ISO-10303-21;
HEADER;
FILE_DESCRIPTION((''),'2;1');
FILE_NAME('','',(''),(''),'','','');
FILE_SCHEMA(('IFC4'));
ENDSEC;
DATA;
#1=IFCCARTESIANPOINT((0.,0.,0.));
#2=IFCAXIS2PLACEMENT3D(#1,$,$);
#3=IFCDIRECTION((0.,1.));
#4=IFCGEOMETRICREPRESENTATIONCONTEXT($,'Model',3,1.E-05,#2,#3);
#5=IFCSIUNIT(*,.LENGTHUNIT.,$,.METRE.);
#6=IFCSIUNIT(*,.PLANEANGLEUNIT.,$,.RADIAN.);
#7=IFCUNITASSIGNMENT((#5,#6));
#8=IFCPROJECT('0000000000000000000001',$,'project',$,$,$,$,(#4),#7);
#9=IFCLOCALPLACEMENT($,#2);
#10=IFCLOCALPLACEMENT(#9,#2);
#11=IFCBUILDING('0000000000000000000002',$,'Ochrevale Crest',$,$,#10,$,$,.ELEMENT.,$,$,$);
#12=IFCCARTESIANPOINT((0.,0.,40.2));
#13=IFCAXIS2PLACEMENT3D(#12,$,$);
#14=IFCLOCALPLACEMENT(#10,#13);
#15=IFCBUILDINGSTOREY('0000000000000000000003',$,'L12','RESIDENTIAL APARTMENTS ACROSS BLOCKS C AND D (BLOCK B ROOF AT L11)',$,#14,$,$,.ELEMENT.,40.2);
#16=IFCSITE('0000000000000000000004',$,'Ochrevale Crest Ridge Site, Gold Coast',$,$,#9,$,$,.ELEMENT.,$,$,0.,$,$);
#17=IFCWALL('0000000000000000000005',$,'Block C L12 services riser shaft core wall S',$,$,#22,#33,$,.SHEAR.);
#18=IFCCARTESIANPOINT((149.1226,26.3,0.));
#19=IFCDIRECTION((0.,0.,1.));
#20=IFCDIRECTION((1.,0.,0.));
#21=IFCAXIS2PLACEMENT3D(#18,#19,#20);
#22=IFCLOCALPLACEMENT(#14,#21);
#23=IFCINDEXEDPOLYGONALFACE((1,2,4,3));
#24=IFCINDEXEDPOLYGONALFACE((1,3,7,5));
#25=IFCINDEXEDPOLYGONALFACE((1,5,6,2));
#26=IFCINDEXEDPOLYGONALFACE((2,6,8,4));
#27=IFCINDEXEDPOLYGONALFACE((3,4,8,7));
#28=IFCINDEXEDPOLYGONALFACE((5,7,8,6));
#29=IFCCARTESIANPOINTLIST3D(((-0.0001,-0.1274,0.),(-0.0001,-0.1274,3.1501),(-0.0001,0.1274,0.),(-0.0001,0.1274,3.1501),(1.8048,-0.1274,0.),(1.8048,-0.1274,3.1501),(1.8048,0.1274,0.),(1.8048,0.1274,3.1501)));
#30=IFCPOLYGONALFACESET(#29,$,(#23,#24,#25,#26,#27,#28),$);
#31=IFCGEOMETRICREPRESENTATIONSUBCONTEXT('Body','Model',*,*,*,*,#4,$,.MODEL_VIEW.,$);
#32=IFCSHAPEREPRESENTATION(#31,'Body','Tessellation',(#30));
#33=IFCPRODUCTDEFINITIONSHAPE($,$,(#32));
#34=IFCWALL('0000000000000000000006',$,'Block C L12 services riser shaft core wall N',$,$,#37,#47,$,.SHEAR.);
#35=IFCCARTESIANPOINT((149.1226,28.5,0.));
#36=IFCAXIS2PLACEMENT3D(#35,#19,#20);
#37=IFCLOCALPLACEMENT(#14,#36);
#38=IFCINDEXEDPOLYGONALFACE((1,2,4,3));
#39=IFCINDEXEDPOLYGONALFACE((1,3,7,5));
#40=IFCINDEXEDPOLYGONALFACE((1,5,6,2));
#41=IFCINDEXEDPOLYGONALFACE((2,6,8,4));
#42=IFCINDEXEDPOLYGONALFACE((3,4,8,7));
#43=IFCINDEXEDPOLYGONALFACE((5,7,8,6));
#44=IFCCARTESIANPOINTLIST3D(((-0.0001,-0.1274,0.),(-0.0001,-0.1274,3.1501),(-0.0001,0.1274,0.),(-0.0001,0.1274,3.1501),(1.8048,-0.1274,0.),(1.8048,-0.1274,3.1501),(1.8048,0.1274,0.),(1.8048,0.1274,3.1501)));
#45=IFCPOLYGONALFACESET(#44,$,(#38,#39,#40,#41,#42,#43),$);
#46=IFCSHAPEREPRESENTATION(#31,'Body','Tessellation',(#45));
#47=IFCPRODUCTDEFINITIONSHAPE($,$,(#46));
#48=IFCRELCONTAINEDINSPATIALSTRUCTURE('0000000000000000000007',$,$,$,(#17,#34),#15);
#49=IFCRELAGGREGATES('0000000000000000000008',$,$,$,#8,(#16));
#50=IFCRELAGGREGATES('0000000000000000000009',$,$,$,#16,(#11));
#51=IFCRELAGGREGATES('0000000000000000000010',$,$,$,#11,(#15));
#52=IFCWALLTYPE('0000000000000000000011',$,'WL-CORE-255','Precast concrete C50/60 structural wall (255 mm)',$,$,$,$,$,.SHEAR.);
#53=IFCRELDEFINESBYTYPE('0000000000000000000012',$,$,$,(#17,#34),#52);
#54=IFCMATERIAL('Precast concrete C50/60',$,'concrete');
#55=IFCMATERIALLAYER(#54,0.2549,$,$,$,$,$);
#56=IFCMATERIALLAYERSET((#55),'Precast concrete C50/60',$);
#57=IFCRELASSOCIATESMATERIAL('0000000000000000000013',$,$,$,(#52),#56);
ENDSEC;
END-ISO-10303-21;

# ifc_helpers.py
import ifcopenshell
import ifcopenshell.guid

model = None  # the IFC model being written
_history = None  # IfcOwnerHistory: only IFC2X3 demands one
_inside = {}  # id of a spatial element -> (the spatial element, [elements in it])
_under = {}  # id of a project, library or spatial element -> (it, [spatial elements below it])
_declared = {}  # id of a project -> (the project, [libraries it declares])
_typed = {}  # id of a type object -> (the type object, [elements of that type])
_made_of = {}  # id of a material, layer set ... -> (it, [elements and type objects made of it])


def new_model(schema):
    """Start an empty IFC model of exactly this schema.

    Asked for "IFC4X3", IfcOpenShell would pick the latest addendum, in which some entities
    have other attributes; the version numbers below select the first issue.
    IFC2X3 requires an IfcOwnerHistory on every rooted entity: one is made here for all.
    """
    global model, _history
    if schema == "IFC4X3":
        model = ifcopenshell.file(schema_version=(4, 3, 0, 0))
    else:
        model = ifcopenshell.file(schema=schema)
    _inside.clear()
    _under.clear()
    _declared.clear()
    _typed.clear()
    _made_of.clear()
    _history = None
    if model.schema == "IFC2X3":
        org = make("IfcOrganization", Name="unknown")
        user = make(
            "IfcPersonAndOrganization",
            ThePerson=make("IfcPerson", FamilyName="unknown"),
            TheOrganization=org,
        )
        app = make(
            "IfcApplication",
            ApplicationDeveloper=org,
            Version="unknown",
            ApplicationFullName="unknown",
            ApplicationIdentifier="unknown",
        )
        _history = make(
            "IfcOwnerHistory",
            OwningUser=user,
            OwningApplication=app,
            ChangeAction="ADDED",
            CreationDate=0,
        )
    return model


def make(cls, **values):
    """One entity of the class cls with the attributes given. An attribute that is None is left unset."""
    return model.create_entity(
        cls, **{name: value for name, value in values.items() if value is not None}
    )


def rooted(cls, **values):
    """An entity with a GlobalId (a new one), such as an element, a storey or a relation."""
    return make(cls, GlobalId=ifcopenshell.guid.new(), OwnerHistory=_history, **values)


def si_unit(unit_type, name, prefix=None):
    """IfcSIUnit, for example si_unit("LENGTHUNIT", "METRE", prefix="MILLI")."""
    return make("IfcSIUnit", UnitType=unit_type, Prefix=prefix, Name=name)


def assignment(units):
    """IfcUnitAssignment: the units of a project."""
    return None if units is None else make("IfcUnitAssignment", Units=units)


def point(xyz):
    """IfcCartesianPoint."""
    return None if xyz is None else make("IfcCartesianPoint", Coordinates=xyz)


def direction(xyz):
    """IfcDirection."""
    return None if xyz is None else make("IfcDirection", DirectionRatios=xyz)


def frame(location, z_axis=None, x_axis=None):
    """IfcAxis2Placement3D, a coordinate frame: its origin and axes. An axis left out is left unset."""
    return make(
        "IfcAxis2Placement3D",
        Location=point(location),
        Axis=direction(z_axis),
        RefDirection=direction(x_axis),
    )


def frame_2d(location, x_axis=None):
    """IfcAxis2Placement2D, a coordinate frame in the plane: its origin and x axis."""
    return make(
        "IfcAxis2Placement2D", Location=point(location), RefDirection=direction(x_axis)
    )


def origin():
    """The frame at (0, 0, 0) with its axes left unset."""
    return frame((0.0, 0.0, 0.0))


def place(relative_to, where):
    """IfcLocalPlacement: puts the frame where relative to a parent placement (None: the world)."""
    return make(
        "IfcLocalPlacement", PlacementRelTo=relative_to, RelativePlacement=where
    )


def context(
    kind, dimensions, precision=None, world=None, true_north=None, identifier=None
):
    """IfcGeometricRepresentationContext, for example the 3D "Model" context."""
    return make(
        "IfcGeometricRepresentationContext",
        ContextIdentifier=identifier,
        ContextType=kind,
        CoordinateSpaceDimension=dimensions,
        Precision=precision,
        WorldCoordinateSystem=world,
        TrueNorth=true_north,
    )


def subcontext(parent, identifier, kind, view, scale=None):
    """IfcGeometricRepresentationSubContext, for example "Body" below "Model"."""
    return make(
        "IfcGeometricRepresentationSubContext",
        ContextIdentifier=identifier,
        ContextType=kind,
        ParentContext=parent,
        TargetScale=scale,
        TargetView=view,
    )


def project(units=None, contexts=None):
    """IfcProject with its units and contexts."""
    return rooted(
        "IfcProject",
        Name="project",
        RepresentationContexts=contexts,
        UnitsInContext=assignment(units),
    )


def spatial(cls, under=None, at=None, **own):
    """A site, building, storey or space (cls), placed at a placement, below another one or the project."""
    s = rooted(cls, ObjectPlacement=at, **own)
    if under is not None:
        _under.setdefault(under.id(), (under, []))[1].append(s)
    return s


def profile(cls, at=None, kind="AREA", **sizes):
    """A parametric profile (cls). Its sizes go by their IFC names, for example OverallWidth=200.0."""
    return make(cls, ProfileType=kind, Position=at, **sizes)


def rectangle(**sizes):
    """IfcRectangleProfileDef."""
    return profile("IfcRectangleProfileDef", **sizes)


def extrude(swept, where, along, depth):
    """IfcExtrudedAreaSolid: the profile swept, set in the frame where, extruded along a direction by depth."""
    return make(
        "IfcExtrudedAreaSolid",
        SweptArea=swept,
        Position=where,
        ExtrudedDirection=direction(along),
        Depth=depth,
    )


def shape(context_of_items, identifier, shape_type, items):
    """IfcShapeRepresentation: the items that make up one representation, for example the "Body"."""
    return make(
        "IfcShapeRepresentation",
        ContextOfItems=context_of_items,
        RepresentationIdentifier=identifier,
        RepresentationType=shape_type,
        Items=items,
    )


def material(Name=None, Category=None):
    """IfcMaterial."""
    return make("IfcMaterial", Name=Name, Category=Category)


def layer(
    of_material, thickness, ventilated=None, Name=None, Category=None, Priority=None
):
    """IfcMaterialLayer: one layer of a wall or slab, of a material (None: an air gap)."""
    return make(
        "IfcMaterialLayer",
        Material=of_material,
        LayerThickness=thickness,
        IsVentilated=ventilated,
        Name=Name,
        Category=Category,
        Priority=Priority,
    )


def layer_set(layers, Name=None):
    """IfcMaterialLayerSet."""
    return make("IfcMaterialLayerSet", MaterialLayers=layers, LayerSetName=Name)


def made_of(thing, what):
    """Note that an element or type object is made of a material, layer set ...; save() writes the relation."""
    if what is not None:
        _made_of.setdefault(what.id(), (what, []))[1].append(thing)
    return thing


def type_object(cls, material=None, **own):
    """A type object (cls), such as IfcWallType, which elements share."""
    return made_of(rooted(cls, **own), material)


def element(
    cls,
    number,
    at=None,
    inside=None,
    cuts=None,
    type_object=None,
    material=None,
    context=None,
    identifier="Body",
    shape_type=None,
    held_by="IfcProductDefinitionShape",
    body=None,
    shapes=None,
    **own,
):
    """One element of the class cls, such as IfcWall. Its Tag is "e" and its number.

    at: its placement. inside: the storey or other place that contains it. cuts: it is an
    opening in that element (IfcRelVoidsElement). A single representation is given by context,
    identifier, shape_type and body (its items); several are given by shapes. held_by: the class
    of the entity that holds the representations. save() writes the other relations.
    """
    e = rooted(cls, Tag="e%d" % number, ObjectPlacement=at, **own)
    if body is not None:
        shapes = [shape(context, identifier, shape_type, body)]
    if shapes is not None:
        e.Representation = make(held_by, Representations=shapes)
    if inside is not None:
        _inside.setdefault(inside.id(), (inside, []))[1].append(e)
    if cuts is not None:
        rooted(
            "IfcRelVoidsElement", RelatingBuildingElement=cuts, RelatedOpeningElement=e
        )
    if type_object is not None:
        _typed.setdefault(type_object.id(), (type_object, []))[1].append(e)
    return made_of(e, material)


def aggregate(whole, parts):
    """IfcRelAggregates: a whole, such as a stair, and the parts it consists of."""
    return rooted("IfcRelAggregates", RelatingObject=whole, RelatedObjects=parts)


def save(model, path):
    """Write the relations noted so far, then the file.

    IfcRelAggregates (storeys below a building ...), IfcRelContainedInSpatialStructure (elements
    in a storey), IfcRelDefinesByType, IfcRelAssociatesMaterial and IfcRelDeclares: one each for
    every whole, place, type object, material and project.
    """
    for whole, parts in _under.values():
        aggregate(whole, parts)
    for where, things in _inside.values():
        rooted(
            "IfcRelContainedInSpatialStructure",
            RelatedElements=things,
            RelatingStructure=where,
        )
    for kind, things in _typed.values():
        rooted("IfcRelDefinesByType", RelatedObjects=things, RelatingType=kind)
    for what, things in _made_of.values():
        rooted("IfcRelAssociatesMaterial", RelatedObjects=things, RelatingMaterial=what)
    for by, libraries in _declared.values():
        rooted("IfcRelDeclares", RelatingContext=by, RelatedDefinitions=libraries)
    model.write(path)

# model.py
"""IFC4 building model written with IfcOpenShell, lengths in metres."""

from ifc_helpers import new_model, si_unit, direction, frame, frame_2d, origin, place, context, subcontext, project, spatial, rectangle, extrude, material, layer, layer_set, type_object, element, save


model = new_model("IFC4")

# Units and contexts
model_context = context("Model", 3, precision=1e-05, world=origin(), true_north=direction((0.0, 1.0)))
body_context = subcontext(model_context, "Body", "Model", "MODEL_VIEW")
ifc_project = project(units=[si_unit("LENGTHUNIT", "METRE"), si_unit("PLANEANGLEUNIT", "RADIAN")], contexts=[model_context])

# Site, building, storey
site_placement = place(None, origin())
site = spatial("IfcSite", under=ifc_project, at=site_placement, Name="Ochrevale Crest Ridge Site, Gold Coast", CompositionType="ELEMENT", RefElevation=0.0)
building_placement = place(site_placement, origin())
building = spatial("IfcBuilding", under=site, at=building_placement, Name="Ochrevale Crest", CompositionType="ELEMENT")
storey_placement = place(building_placement, frame((0.0, 0.0, 40.2)))
storey = spatial("IfcBuildingStorey", under=building, at=storey_placement, Name="L12", Description="RESIDENTIAL APARTMENTS ACROSS BLOCKS C AND D (BLOCK B ROOF AT L11)", CompositionType="ELEMENT", Elevation=40.2)

# Shared definitions
ifc_material_1 = material(Name="Precast concrete C50/60", Category="concrete")

# Shared definitions
ifc_layer_1 = layer(ifc_material_1, 0.2549)
ifc_layer_set_1 = layer_set([ifc_layer_1], Name="Precast concrete C50/60")
wall_type_1 = type_object("IfcWallType", Name="WL-CORE-255", Description="Precast concrete C50/60 structural wall (255 mm)", PredefinedType="SHEAR", material=ifc_layer_set_1)

# Walls
for number, where, z_axis, x_axis, name in (
    (1, (149.1226, 26.3, 0.0), (0.0, 0.0, 1.0), (1.0, 0.0, 0.0), "Block C L12 services riser shaft core wall S"),
    (2, (149.1226, 28.5, 0.0), (0.0, 0.0, 1.0), (1.0, 0.0, 0.0), "Block C L12 services riser shaft core wall N"),
):
    element("IfcWall", number, at=place(storey_placement, frame(where, z_axis=z_axis, x_axis=x_axis)), inside=storey, type_object=wall_type_1, Name=name, PredefinedType="SHEAR", context=body_context, shape_type="SweptSolid", body=[
        extrude(rectangle(XDim=1.8049, YDim=0.2549, at=frame_2d((0.9023, 0.0))), origin(), (0.0, 0.0, 1.0), 3.1501),
    ])

save(model, "model.ifc")
